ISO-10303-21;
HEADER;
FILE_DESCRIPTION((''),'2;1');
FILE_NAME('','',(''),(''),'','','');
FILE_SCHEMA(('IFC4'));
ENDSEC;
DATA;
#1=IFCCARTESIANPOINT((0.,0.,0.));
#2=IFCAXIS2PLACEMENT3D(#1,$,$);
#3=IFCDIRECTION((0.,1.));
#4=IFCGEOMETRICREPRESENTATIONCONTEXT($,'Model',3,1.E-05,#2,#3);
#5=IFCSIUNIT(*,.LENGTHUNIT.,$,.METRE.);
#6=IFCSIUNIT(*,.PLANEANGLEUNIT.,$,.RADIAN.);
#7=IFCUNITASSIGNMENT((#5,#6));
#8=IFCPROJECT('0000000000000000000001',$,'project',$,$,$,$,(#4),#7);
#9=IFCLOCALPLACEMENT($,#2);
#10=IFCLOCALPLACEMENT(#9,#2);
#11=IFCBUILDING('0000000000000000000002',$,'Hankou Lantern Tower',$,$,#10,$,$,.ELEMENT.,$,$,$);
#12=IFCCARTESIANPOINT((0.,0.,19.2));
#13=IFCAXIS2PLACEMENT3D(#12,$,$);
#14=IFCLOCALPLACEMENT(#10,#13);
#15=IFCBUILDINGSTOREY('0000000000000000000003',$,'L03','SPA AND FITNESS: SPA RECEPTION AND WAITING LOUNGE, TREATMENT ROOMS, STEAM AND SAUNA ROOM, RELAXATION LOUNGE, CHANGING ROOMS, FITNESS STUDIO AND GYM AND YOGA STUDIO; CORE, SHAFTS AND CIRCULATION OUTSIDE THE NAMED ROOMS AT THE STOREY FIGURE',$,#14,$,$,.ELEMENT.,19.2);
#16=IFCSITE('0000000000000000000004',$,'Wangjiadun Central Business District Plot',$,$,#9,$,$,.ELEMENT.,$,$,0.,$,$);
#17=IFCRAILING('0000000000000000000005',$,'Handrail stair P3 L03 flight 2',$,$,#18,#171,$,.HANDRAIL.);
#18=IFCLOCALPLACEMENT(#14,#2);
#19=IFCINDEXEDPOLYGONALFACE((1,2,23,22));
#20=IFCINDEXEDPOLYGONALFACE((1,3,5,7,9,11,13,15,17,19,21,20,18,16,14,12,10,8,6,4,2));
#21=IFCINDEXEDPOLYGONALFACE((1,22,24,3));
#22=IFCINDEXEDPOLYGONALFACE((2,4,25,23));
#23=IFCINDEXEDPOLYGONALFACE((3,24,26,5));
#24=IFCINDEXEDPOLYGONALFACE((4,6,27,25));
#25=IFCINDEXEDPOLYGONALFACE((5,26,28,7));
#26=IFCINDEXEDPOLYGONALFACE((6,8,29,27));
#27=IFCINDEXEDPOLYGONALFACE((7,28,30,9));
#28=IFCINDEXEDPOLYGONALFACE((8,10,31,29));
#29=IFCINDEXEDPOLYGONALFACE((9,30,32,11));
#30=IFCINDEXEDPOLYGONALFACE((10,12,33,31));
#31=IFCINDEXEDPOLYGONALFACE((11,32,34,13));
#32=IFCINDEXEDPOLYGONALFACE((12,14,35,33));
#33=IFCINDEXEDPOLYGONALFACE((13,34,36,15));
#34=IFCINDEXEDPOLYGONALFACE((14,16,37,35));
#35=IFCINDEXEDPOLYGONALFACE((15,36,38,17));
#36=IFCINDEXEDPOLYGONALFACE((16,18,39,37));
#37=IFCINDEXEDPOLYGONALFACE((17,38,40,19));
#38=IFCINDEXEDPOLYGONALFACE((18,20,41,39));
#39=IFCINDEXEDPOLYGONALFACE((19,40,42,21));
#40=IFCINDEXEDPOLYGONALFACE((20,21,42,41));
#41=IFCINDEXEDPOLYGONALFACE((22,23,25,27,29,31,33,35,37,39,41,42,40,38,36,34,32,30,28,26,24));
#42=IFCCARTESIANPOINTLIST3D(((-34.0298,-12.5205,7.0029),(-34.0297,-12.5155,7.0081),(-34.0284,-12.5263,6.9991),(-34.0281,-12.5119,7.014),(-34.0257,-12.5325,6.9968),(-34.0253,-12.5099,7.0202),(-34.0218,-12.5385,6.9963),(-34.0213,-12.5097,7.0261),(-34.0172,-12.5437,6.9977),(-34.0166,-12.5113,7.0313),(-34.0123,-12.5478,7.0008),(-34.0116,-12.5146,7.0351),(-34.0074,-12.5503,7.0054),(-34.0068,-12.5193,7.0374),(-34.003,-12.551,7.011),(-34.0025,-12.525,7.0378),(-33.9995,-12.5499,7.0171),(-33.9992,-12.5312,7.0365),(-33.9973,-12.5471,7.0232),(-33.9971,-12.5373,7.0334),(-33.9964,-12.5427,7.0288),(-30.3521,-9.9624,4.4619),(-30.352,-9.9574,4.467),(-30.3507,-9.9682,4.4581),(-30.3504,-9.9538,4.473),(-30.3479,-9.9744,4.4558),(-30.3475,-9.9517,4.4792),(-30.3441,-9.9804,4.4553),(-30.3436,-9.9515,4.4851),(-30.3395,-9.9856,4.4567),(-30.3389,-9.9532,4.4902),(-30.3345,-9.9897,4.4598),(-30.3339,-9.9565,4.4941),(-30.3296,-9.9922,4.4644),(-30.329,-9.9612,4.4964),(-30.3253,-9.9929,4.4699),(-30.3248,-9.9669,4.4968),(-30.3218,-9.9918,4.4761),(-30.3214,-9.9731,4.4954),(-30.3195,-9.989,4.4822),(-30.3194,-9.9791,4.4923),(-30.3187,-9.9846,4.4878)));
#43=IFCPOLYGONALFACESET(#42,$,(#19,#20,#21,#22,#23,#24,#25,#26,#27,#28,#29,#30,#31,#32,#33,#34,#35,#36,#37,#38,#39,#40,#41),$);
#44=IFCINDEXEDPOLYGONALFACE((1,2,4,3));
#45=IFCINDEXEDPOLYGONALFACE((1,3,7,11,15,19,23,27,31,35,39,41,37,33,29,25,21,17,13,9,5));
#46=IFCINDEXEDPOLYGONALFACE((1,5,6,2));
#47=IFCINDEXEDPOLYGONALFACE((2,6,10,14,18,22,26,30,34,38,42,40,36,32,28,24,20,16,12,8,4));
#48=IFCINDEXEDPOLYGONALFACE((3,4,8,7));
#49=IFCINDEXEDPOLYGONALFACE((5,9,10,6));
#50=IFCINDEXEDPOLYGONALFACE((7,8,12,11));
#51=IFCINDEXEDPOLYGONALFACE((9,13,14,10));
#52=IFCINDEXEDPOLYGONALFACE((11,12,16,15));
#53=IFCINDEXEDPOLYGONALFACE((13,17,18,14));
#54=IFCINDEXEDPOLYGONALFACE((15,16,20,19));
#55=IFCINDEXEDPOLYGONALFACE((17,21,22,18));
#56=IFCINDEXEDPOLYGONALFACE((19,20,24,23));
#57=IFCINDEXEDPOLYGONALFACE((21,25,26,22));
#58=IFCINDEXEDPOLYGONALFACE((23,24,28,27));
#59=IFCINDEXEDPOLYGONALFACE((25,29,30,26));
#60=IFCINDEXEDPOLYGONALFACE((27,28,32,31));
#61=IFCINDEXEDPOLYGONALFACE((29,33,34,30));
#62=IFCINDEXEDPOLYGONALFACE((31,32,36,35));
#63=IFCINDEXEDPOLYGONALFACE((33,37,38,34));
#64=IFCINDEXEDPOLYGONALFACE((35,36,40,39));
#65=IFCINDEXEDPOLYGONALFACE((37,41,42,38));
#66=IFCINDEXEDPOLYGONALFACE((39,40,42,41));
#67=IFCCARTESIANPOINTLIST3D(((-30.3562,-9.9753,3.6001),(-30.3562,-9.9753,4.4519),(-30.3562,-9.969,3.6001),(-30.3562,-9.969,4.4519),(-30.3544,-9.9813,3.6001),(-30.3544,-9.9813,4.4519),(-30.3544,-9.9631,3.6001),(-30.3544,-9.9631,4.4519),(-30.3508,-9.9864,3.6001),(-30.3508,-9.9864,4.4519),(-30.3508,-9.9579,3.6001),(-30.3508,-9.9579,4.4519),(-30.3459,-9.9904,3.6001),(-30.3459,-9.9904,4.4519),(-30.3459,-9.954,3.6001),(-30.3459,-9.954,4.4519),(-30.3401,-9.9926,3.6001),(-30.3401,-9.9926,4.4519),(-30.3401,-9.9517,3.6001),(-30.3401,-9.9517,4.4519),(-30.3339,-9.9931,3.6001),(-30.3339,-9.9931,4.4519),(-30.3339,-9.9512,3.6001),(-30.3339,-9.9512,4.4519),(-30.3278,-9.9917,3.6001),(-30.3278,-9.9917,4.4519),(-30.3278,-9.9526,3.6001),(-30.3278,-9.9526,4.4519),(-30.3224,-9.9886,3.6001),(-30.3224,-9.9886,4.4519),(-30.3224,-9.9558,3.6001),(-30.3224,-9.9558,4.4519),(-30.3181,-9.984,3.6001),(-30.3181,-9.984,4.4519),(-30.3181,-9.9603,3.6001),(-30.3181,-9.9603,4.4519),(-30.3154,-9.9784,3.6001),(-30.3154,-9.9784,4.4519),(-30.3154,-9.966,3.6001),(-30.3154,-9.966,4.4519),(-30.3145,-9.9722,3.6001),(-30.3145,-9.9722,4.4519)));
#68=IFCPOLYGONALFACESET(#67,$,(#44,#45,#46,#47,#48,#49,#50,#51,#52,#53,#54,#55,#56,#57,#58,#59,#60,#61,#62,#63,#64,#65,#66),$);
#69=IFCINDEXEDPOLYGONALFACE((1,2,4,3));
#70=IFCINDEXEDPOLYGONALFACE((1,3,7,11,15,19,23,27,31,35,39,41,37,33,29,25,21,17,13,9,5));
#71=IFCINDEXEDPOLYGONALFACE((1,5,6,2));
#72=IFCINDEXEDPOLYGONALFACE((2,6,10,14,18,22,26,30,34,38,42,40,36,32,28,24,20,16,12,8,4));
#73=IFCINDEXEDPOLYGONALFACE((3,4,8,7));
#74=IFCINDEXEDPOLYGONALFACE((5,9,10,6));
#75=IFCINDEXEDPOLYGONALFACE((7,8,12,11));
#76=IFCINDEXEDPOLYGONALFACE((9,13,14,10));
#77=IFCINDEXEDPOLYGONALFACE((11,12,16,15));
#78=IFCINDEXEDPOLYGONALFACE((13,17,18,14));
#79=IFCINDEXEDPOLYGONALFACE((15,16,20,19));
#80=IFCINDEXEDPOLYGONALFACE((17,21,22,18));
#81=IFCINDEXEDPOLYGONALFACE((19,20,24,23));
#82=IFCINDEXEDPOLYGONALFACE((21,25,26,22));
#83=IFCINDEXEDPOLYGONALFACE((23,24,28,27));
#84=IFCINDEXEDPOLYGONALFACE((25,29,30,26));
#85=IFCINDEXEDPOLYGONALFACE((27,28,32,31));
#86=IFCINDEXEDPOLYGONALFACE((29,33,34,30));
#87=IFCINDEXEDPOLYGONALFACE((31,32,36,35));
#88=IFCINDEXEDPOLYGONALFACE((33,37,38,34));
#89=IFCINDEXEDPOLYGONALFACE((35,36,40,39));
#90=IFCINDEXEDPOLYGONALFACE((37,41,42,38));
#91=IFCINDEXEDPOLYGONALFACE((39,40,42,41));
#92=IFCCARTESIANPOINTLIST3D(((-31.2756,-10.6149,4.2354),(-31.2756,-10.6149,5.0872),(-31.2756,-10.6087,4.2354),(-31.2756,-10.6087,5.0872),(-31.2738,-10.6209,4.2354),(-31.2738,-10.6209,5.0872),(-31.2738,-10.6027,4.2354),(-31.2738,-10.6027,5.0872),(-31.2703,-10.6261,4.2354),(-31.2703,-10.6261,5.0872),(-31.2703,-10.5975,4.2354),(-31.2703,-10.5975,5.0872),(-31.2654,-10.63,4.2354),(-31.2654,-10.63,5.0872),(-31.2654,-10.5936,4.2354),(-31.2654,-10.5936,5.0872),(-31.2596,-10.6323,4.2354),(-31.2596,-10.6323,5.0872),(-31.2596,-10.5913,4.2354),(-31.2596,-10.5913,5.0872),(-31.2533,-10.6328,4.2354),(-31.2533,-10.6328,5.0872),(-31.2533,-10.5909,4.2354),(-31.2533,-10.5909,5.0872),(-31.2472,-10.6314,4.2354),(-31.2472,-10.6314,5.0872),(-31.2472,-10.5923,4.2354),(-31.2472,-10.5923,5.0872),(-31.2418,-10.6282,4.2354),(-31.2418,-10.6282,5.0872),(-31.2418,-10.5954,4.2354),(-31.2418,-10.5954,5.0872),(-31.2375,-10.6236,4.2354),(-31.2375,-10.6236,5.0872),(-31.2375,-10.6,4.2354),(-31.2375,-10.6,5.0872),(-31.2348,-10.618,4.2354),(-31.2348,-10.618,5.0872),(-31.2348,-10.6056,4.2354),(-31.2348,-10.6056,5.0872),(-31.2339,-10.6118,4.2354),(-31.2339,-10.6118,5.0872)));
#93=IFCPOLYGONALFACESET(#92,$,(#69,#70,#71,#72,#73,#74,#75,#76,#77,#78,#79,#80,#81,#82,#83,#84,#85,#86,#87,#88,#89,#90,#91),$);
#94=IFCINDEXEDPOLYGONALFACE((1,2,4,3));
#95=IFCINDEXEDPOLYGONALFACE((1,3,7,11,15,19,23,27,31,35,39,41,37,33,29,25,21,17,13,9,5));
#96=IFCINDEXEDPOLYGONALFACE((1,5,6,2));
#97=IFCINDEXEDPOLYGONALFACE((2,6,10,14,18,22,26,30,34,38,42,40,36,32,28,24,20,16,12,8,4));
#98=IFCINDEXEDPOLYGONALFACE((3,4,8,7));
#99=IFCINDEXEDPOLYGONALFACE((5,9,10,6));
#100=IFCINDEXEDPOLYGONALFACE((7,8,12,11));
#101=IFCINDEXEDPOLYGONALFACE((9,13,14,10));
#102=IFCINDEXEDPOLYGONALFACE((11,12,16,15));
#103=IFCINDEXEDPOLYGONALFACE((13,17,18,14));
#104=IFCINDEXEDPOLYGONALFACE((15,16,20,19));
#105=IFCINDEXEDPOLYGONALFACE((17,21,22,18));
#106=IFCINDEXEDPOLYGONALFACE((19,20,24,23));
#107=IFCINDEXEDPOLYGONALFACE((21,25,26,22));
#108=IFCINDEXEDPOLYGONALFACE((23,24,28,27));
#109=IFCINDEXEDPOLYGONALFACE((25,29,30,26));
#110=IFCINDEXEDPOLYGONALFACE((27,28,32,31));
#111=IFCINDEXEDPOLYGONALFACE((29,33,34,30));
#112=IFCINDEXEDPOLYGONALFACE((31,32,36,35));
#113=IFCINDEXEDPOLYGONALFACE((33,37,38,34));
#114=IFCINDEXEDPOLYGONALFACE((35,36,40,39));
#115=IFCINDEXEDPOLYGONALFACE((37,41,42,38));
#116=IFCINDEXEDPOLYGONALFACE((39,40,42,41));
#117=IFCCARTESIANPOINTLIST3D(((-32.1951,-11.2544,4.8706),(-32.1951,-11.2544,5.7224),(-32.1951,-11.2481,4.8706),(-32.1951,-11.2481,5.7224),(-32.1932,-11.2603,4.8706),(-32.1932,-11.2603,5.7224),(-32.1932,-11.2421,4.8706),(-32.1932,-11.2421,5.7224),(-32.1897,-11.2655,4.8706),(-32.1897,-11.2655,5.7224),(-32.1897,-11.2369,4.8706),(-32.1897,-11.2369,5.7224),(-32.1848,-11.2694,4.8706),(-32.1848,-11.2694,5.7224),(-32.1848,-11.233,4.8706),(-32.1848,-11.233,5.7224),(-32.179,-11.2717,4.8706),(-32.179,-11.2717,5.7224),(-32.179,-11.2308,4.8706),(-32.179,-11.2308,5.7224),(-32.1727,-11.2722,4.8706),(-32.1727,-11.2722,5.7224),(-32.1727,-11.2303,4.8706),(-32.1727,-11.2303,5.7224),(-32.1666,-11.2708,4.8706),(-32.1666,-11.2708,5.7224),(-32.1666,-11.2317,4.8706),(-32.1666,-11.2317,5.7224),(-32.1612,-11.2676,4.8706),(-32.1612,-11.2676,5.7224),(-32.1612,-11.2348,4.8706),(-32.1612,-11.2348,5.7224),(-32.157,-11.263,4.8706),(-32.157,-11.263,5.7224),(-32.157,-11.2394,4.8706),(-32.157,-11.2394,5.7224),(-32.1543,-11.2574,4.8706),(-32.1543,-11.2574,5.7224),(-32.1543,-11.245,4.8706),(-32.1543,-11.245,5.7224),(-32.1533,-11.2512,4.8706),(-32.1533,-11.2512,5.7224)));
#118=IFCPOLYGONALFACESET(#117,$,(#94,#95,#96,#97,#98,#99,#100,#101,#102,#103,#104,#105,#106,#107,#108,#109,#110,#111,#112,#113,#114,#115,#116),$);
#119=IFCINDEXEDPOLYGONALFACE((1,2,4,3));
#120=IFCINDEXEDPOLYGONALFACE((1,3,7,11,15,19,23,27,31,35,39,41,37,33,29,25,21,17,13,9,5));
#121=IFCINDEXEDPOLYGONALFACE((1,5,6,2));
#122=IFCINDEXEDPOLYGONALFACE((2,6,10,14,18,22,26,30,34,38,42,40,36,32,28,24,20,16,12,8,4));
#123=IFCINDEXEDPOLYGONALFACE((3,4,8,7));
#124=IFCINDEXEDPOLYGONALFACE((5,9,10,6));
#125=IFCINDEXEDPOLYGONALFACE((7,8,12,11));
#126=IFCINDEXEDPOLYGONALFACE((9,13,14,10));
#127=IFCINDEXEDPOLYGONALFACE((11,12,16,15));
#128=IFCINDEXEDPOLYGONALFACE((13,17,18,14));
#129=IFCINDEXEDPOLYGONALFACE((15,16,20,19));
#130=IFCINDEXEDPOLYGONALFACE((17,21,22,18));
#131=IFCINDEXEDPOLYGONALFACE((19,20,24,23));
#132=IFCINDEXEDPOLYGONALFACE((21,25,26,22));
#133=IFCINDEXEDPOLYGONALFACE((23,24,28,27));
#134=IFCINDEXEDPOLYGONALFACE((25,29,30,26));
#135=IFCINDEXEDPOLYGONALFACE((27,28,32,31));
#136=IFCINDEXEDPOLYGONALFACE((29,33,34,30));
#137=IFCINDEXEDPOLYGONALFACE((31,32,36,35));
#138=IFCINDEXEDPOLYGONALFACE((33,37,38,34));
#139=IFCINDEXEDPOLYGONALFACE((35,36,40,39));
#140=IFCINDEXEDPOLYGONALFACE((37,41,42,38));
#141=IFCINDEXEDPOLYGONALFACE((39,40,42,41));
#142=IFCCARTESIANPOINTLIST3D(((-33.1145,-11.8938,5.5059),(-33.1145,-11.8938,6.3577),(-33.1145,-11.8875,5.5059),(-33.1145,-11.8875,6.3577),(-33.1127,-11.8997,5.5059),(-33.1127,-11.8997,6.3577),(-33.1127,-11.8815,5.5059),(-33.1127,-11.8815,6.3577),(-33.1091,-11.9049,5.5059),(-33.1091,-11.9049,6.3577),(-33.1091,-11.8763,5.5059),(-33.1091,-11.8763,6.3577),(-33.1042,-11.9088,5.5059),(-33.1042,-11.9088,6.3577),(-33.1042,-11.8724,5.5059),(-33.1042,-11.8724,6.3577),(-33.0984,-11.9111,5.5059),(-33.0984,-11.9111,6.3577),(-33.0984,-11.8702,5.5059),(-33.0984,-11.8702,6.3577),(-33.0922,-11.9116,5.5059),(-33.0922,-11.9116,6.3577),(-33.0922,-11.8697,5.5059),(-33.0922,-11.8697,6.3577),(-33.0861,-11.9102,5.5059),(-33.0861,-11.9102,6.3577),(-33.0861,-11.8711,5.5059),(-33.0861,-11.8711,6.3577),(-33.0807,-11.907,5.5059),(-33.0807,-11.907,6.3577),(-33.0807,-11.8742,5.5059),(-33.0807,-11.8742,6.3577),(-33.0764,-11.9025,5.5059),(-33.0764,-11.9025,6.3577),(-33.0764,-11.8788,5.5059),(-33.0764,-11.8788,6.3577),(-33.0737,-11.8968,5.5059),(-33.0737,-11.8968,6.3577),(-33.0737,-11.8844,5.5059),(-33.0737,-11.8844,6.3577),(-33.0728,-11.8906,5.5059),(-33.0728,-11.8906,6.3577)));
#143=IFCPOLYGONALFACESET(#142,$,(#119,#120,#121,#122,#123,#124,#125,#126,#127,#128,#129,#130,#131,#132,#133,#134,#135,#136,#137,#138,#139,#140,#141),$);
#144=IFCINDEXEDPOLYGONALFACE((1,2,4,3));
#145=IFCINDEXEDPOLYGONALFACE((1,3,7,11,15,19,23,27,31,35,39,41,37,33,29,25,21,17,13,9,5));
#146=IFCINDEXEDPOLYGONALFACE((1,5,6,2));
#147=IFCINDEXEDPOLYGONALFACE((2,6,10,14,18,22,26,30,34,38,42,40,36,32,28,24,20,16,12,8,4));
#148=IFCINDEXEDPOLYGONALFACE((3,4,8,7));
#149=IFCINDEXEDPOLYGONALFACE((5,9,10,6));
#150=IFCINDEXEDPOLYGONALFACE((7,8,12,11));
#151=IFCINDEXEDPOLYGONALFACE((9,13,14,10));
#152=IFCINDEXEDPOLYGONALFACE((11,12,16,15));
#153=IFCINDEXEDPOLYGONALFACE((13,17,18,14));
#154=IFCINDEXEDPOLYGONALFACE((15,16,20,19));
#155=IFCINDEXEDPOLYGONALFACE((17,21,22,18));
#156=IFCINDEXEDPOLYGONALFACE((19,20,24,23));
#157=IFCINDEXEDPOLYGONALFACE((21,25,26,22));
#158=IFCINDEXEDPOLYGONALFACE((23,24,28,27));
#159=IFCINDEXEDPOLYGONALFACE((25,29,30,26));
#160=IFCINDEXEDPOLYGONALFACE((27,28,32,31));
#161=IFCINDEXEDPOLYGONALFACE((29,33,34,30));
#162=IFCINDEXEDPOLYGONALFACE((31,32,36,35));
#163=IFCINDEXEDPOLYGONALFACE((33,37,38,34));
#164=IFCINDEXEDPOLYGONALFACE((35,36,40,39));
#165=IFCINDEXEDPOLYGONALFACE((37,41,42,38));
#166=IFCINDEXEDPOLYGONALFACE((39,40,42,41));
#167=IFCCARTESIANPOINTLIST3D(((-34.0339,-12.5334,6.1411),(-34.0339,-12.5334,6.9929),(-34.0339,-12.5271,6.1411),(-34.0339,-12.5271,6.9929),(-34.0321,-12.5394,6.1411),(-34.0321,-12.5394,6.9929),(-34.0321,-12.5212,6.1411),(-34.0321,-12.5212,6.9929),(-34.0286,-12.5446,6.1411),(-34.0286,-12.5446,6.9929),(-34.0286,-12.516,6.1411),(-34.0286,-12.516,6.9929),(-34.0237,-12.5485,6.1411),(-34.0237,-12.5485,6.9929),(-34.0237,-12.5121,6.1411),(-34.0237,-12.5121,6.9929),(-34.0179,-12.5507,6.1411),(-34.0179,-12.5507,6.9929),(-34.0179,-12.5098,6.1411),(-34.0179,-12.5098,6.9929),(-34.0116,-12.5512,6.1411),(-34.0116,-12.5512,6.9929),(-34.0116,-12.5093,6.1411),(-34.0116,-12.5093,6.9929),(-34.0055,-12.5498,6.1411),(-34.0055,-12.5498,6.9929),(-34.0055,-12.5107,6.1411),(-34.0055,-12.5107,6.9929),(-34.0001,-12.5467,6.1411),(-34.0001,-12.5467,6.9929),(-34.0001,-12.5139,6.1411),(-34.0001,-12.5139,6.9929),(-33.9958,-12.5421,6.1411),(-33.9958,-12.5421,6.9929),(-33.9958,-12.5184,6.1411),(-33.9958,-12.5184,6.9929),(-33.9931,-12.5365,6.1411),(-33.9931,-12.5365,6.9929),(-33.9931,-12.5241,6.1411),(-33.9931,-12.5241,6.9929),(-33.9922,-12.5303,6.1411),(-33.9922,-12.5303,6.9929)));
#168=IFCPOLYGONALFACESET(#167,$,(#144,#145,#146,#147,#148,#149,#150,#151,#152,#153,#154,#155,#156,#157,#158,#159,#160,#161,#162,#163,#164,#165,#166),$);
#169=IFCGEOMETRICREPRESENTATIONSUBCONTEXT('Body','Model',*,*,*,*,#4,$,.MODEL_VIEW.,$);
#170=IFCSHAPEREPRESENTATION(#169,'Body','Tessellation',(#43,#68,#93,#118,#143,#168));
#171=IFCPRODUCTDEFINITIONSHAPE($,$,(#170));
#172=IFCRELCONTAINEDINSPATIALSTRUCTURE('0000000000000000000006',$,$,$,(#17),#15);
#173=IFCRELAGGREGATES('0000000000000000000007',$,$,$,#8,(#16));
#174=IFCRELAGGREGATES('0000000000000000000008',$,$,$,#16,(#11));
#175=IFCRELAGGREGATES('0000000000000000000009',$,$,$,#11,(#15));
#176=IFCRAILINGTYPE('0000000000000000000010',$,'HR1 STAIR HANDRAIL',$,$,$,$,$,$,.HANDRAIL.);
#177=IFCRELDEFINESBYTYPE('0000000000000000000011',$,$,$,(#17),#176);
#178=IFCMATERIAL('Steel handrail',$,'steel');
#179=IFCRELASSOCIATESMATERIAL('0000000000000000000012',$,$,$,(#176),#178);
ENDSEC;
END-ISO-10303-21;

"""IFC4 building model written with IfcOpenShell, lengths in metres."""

from ifc_helpers import new_model, si_unit, direction, frame, origin, origin_2d, place, context, subcontext, project, spatial, circle, extrude, material, type_object, element, save


model = new_model("IFC4")

# Units and contexts
model_context = context("Model", 3, precision=1e-05, world=origin(), true_north=direction((0.0, 1.0)))
body_context = subcontext(model_context, "Body", "Model", "MODEL_VIEW")
ifc_project = project(units=[si_unit("LENGTHUNIT", "METRE"), si_unit("PLANEANGLEUNIT", "RADIAN")], contexts=[model_context])

# Site, building, storey
site_placement = place(None, origin())
site = spatial("IfcSite", under=ifc_project, at=site_placement, Name="Wangjiadun Central Business District Plot", CompositionType="ELEMENT", RefElevation=0.0)
building_placement = place(site_placement, origin())
building = spatial("IfcBuilding", under=site, at=building_placement, Name="Hankou Lantern Tower", CompositionType="ELEMENT")
storey_placement = place(building_placement, frame((0.0, 0.0, 19.2)))
storey = spatial("IfcBuildingStorey", under=building, at=storey_placement, Name="L03", Description="SPA AND FITNESS: SPA RECEPTION AND WAITING LOUNGE, TREATMENT ROOMS, STEAM AND SAUNA ROOM, RELAXATION LOUNGE, CHANGING ROOMS, FITNESS STUDIO AND GYM AND YOGA STUDIO; CORE, SHAFTS AND CIRCULATION OUTSIDE THE NAMED ROOMS AT THE STOREY FIGURE", CompositionType="ELEMENT", Elevation=19.2)

# Railing
ifc_material_1 = material(Name="Steel handrail", Category="steel")
railing_type = type_object("IfcRailingType", Name="HR1 STAIR HANDRAIL", PredefinedType="HANDRAIL", material=ifc_material_1)
railing_1_placement = place(storey_placement, frame((-30.3354, -9.9722, 3.6001)))
element("IfcRailing", 1, at=railing_1_placement, inside=storey, type_object=railing_type, Name="Handrail stair P3 L03 flight 2", PredefinedType="HANDRAIL", context=body_context, shape_type="SweptSolid", body=[
    extrude(circle(Radius=0.0239, at=origin_2d()), frame((0.0, 0.0, 0.876), z_axis=(-0.714071, -0.496683, 0.493365), x_axis=(0.571017, -0.820939, 0.0)), (0.0, 0.0, 1.0), 5.1504),
    extrude(circle(Radius=0.021, at=origin_2d()), origin(), (0.0, 0.0, 1.0), 0.8518),
    extrude(circle(Radius=0.021, at=origin_2d()), frame((-0.9194, -0.6396, 0.6353)), (0.0, 0.0, 1.0), 0.8518),
    extrude(circle(Radius=0.021, at=origin_2d()), frame((-1.8389, -1.2791, 1.2705)), (0.0, 0.0, 1.0), 0.8518),
    extrude(circle(Radius=0.021, at=origin_2d()), frame((-2.7583, -1.9185, 1.9058)), (0.0, 0.0, 1.0), 0.8518),
    extrude(circle(Radius=0.021, at=origin_2d()), frame((-3.6777, -2.5581, 2.541)), (0.0, 0.0, 1.0), 0.8518),
])

save(model, "model.ifc")
